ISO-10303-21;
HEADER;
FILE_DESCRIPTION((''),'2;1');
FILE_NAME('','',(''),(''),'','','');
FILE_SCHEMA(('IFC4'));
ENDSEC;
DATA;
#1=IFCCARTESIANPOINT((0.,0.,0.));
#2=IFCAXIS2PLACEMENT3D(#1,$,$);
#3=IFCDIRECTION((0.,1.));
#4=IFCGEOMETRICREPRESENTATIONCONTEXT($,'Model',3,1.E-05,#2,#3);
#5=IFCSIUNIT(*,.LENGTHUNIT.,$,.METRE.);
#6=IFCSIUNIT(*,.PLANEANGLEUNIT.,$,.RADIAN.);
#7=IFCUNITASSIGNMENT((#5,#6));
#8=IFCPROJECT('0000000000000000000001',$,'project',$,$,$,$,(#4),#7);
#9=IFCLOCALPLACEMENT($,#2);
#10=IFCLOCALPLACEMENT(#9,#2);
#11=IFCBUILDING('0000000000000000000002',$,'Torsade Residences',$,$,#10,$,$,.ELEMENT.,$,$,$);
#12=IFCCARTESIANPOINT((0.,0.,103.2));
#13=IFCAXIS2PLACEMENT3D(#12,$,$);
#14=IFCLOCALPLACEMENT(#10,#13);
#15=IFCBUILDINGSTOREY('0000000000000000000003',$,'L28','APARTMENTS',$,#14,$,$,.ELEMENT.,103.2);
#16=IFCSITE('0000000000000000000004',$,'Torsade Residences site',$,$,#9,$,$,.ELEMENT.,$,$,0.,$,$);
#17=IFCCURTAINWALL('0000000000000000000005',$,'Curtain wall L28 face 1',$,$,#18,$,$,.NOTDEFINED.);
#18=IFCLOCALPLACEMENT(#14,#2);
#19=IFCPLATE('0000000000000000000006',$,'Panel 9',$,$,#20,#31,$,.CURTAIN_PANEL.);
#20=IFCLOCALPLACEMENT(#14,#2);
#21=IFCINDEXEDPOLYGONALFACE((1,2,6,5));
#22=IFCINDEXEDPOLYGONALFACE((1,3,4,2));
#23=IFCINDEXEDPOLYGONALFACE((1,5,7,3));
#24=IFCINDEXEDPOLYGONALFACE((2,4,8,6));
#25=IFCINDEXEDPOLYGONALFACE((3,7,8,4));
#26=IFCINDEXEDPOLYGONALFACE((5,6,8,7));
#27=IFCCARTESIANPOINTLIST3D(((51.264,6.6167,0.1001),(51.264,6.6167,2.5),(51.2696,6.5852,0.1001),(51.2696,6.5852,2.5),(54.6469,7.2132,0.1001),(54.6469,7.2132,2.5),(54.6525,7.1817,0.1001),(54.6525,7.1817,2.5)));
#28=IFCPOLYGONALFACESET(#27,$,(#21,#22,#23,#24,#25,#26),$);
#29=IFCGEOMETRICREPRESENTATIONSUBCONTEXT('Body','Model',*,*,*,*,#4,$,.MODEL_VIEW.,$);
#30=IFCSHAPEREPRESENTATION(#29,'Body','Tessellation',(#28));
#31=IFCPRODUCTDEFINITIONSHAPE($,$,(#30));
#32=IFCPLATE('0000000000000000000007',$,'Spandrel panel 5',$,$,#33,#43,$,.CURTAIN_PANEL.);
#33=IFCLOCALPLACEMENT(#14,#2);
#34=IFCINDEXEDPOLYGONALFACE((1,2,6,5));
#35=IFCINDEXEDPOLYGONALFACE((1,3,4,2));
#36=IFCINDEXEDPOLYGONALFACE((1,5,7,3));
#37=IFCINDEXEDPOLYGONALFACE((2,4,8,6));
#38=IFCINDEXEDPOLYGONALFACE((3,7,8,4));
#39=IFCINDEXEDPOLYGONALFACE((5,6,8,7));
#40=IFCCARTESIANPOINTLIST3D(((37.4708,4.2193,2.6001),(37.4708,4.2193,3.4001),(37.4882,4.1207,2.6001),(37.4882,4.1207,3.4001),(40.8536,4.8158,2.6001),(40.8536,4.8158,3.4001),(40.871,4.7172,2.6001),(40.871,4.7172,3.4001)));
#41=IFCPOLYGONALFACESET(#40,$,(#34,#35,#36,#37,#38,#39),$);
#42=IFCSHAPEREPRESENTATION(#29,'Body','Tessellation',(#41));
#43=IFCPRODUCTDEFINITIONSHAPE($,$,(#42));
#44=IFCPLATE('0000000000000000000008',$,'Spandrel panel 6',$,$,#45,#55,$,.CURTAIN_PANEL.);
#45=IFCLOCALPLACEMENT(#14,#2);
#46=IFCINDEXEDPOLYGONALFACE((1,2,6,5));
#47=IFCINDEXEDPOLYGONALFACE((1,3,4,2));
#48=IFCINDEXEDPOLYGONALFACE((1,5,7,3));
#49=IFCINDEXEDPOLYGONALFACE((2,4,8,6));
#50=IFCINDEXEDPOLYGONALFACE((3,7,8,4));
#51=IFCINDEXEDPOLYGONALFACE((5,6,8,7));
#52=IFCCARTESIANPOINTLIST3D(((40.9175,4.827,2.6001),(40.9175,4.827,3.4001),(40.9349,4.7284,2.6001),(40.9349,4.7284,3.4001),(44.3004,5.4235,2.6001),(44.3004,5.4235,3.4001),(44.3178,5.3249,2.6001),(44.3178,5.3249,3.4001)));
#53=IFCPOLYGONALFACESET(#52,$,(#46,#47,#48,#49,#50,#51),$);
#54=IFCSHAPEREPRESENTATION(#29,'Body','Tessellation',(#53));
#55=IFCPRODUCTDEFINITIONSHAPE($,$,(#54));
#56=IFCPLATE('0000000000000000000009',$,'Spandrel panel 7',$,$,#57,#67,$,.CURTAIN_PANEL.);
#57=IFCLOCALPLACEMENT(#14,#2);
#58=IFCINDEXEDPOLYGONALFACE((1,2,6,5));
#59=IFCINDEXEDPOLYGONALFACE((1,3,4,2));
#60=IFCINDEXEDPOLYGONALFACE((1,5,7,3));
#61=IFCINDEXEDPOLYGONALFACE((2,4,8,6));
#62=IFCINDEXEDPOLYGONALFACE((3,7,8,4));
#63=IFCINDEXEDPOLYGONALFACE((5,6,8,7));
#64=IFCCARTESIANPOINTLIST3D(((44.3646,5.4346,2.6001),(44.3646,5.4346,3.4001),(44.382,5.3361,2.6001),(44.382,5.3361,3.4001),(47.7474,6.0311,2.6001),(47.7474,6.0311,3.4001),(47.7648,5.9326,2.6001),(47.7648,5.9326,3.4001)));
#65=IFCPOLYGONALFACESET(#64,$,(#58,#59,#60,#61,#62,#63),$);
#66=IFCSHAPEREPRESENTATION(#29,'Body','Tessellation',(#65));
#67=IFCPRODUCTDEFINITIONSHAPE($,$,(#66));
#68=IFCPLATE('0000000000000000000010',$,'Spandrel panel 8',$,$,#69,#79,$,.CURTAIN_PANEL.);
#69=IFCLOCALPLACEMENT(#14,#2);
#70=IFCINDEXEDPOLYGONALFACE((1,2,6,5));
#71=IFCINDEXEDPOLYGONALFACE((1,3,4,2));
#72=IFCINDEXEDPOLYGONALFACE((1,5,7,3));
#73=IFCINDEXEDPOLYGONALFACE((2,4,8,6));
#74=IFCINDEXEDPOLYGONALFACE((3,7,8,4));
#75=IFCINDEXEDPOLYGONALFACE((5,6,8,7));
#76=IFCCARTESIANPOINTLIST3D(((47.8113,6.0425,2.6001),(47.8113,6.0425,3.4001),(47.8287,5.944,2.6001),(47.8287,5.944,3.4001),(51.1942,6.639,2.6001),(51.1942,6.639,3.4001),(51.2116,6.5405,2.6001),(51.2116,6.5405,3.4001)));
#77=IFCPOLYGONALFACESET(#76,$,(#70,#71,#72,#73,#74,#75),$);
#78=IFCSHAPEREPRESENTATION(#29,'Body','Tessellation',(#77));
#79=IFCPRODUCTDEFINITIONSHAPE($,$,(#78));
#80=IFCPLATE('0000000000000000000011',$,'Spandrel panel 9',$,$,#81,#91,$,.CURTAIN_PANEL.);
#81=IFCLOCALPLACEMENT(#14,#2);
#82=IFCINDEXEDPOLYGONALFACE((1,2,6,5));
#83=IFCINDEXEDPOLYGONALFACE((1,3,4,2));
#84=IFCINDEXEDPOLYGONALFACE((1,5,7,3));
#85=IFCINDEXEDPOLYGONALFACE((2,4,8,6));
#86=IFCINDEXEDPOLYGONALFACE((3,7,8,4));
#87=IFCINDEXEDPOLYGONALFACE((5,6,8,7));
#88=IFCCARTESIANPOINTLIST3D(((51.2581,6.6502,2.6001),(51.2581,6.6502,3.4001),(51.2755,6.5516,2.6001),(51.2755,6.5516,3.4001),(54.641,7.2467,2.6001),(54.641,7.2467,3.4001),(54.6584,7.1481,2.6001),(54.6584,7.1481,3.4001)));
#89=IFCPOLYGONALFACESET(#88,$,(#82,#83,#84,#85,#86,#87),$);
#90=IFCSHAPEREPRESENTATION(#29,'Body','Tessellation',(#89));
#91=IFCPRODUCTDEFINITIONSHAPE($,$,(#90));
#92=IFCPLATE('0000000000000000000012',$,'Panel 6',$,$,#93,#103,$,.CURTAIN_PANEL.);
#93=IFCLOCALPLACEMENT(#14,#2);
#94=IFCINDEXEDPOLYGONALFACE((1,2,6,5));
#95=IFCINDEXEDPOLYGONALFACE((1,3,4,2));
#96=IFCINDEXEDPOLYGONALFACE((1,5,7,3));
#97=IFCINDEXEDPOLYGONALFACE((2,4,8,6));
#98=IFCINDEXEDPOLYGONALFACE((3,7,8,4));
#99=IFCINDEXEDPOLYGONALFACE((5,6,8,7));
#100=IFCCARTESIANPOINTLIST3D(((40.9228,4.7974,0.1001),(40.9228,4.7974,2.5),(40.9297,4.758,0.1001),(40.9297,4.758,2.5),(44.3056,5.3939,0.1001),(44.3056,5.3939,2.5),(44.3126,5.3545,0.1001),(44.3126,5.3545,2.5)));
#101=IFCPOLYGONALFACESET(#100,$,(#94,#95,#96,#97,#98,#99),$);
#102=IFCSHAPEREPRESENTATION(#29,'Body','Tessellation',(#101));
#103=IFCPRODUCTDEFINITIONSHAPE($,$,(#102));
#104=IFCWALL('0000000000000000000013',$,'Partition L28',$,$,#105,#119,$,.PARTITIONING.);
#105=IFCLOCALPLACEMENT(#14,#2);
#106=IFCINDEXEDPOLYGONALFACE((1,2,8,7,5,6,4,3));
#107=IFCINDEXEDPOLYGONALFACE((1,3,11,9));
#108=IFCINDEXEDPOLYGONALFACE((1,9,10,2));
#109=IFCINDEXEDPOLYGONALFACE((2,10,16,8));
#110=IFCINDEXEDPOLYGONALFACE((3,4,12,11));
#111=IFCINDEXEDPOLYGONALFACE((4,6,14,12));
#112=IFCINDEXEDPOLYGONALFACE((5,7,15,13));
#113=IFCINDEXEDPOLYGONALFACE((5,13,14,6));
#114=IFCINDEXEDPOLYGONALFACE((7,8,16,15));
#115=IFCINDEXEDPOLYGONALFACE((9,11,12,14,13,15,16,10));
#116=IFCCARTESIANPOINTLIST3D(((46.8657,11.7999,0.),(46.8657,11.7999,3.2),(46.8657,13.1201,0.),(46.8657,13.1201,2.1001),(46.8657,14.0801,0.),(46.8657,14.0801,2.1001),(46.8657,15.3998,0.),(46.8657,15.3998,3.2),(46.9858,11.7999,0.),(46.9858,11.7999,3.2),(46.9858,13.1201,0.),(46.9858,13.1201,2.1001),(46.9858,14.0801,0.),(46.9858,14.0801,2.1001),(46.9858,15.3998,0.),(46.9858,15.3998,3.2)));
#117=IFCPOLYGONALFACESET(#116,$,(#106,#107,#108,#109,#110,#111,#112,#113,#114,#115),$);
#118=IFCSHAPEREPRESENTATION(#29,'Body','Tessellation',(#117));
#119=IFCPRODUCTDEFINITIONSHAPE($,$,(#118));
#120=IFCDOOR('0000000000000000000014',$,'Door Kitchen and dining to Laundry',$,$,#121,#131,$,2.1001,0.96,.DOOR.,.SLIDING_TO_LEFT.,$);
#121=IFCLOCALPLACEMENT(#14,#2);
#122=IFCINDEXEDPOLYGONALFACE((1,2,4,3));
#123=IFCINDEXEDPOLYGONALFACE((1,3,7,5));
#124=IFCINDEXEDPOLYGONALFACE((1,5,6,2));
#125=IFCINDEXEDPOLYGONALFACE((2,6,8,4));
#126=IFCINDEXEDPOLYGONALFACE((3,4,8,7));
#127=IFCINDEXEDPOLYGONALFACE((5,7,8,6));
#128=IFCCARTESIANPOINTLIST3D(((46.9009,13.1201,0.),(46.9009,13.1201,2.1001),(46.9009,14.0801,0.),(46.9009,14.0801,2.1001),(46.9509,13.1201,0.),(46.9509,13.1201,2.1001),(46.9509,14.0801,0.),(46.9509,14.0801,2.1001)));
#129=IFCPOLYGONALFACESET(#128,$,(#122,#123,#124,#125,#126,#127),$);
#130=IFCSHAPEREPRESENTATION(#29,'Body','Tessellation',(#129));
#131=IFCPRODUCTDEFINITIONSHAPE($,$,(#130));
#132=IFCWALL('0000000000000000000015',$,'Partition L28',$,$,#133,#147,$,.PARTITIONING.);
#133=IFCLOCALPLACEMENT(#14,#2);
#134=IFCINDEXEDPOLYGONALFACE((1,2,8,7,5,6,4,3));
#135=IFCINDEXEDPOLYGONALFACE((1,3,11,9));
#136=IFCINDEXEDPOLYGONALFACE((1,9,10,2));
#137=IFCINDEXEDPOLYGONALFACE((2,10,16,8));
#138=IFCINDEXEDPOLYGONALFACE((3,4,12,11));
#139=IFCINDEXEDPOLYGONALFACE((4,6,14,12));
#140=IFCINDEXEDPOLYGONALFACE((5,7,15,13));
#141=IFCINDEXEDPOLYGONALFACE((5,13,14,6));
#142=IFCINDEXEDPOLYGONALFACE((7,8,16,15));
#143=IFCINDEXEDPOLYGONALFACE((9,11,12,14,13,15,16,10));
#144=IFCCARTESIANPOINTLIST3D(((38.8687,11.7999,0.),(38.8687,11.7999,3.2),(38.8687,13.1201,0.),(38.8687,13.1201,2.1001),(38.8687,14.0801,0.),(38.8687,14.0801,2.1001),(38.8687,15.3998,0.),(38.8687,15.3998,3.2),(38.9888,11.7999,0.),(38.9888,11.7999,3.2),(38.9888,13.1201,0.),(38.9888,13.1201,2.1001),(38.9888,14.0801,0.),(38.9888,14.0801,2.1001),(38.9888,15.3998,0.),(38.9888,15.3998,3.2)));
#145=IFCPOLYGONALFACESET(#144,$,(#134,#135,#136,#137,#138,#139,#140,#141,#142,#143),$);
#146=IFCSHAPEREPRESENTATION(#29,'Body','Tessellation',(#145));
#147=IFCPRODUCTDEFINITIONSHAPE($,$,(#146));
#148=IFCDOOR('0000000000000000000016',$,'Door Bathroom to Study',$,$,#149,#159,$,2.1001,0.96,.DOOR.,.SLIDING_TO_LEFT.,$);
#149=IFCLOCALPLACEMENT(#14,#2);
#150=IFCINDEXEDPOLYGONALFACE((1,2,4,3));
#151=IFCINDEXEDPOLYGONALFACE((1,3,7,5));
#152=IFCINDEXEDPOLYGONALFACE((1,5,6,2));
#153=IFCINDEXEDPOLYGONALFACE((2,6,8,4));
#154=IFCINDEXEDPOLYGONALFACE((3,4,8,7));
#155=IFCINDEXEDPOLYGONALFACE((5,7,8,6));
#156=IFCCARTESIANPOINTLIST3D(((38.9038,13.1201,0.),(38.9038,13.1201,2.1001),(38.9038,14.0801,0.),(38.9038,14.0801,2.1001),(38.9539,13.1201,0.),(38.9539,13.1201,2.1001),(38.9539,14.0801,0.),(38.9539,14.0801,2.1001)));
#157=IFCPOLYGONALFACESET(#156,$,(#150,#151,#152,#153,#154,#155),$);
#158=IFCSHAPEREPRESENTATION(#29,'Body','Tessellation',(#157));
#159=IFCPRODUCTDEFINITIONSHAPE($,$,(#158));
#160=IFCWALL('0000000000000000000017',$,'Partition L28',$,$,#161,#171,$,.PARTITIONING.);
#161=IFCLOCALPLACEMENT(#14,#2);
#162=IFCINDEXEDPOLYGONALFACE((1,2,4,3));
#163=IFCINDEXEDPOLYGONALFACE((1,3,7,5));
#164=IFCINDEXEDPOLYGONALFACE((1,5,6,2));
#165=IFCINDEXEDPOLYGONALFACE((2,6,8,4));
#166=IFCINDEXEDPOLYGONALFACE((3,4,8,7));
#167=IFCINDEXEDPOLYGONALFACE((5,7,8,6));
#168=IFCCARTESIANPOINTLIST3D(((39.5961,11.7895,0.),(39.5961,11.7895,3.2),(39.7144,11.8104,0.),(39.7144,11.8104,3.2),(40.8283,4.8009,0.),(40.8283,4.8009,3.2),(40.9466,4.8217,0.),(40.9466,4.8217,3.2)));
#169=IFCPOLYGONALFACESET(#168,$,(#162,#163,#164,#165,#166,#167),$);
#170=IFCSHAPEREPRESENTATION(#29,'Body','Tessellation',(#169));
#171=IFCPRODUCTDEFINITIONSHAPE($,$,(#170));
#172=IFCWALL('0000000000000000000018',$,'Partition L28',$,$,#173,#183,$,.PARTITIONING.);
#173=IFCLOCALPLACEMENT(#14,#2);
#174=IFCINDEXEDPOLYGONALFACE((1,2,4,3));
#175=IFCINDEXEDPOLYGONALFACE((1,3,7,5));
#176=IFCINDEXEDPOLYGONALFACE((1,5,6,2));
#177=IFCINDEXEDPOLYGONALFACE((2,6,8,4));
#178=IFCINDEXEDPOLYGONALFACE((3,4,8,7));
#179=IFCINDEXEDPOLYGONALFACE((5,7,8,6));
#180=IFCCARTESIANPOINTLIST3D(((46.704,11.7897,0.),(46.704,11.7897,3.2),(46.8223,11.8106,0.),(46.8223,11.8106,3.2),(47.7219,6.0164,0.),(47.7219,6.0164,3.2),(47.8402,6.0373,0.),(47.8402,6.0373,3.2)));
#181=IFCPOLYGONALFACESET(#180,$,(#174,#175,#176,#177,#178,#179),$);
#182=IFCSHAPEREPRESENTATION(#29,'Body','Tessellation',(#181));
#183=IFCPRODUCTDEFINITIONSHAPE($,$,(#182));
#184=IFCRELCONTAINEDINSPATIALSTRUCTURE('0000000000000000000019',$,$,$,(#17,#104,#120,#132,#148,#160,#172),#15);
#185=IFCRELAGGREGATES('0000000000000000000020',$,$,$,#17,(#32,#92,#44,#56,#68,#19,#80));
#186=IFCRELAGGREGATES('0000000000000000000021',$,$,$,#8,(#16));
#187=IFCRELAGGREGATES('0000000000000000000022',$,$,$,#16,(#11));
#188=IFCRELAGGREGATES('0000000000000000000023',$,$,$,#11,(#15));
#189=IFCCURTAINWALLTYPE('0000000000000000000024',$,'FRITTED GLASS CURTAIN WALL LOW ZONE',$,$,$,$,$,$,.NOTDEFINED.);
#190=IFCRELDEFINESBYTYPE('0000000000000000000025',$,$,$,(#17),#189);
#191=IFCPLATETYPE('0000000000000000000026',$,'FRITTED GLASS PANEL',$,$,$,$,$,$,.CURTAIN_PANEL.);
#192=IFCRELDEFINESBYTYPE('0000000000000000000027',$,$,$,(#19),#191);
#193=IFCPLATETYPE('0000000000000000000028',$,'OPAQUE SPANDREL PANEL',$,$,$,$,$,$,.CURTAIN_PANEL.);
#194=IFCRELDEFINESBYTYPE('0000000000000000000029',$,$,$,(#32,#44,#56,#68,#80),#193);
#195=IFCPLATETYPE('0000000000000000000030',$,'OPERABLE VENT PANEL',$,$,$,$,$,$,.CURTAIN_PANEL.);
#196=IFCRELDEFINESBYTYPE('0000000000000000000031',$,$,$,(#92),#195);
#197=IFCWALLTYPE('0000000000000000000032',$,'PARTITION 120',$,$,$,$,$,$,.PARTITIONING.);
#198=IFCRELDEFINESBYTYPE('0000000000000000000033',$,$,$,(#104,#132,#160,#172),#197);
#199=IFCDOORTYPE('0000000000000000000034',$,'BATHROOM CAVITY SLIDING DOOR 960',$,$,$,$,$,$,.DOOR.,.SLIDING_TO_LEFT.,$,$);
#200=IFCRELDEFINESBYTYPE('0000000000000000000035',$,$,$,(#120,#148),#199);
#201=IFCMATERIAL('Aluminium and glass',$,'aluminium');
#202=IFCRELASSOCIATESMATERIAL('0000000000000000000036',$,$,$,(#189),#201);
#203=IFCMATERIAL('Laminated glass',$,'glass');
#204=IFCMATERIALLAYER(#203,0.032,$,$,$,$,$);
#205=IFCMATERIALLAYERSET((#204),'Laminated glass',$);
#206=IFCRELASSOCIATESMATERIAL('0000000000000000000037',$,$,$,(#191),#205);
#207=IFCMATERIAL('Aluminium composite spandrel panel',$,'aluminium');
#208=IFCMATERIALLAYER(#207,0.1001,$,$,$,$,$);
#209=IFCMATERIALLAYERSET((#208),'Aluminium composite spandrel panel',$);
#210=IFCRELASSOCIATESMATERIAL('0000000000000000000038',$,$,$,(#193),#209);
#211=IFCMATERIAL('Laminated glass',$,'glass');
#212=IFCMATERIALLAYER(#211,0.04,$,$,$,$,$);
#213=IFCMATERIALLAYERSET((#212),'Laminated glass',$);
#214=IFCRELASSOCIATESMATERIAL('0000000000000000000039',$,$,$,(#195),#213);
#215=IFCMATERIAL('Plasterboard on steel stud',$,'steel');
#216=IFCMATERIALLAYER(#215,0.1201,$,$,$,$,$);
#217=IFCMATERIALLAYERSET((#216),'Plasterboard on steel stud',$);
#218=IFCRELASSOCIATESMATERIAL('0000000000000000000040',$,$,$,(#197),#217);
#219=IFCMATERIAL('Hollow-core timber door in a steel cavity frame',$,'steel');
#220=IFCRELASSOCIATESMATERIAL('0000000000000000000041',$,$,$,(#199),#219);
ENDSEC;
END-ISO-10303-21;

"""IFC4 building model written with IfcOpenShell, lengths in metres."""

from ifc_helpers import new_model, si_unit, direction, frame, frame_2d, origin, origin_2d, place, context, subcontext, project, spatial, rectangle, extrude, material, layer, layer_set, type_object, element, fill, aggregate, save


model = new_model("IFC4")

# Units and contexts
model_context = context("Model", 3, precision=1e-05, world=origin(), true_north=direction((0.0, 1.0)))
body_context = subcontext(model_context, "Body", "Model", "MODEL_VIEW")
ifc_project = project(units=[si_unit("LENGTHUNIT", "METRE"), si_unit("PLANEANGLEUNIT", "RADIAN")], contexts=[model_context])

# Site, building, storey
site_placement = place(None, origin())
site = spatial("IfcSite", under=ifc_project, at=site_placement, Name="Torsade Residences site", CompositionType="ELEMENT", RefElevation=0.0)
building_placement = place(site_placement, origin())
building = spatial("IfcBuilding", under=site, at=building_placement, Name="Torsade Residences", CompositionType="ELEMENT")
storey_placement = place(building_placement, frame((0.0, 0.0, 103.2)))
storey = spatial("IfcBuildingStorey", under=building, at=storey_placement, Name="L28", Description="APARTMENTS", CompositionType="ELEMENT", Elevation=103.2)

# Curtain wall
ifc_material_1 = material(Name="Aluminium and glass", Category="aluminium")
curtain_wall_type = type_object("IfcCurtainWallType", Name="FRITTED GLASS CURTAIN WALL LOW ZONE", PredefinedType="NOTDEFINED", material=ifc_material_1)
curtain_wall_placement = place(storey_placement, origin())
curtain_wall = element("IfcCurtainWall", 1, at=curtain_wall_placement, inside=storey, type_object=curtain_wall_type, Name="Curtain wall L28 face 1", PredefinedType="NOTDEFINED")

# Plates
ifc_material_2 = material(Name="Laminated glass", Category="glass")
ifc_layer_1 = layer(ifc_material_2, 0.032)
ifc_layer_set_1 = layer_set([ifc_layer_1], Name="Laminated glass")
plate_type_1 = type_object("IfcPlateType", Name="FRITTED GLASS PANEL", PredefinedType="CURTAIN_PANEL", material=ifc_layer_set_1)
plate_1_placement = place(storey_placement, frame((52.9583, 6.8992, 0.1001), z_axis=(0.0, 0.0, 1.0), x_axis=(0.984808, 0.173648, 0.0)))
plate_1 = element("IfcPlate", 2, at=plate_1_placement, type_object=plate_type_1, Name="Panel 9", PredefinedType="CURTAIN_PANEL", context=body_context, shape_type="SweptSolid", body=[
    extrude(rectangle(XDim=3.4351, YDim=0.032, at=origin_2d()), origin(), (0.0, 0.0, 1.0), 2.3999),
])
ifc_material_3 = material(Name="Aluminium composite spandrel panel", Category="aluminium")
ifc_layer_2 = layer(ifc_material_3, 0.1001)
ifc_layer_set_2 = layer_set([ifc_layer_2], Name="Aluminium composite spandrel panel")
plate_type_2 = type_object("IfcPlateType", Name="OPAQUE SPANDREL PANEL", PredefinedType="CURTAIN_PANEL", material=ifc_layer_set_2)
plate_2_placement = place(storey_placement, frame((39.1709, 4.4683, 2.6001), z_axis=(0.0, 0.0, 1.0), x_axis=(0.984808, 0.173648, 0.0)))
plate_2 = element("IfcPlate", 3, at=plate_2_placement, type_object=plate_type_2, Name="Spandrel panel 5", PredefinedType="CURTAIN_PANEL", context=body_context, shape_type="SweptSolid", body=[
    extrude(rectangle(XDim=3.4351, YDim=0.1001, at=origin_2d()), origin(), (0.0, 0.0, 1.0), 0.8),
])
plate_3_placement = place(storey_placement, frame((42.6177, 5.0759, 2.6001), z_axis=(0.0, 0.0, 1.0), x_axis=(0.984808, 0.173648, 0.0)))
plate_3 = element("IfcPlate", 4, at=plate_3_placement, type_object=plate_type_2, Name="Spandrel panel 6", PredefinedType="CURTAIN_PANEL", context=body_context, shape_type="SweptSolid", body=[
    extrude(rectangle(XDim=3.4351, YDim=0.1001, at=origin_2d()), origin(), (0.0, 0.0, 1.0), 0.8),
])
plate_4_placement = place(storey_placement, frame((46.0647, 5.6836, 2.6001), z_axis=(0.0, 0.0, 1.0), x_axis=(0.984808, 0.173648, 0.0)))
plate_4 = element("IfcPlate", 5, at=plate_4_placement, type_object=plate_type_2, Name="Spandrel panel 7", PredefinedType="CURTAIN_PANEL", context=body_context, shape_type="SweptSolid", body=[
    extrude(rectangle(XDim=3.4351, YDim=0.1001, at=origin_2d()), origin(), (0.0, 0.0, 1.0), 0.8),
])
plate_5_placement = place(storey_placement, frame((49.5115, 6.2915, 2.6001), z_axis=(0.0, 0.0, 1.0), x_axis=(0.984808, 0.173648, 0.0)))
plate_5 = element("IfcPlate", 6, at=plate_5_placement, type_object=plate_type_2, Name="Spandrel panel 8", PredefinedType="CURTAIN_PANEL", context=body_context, shape_type="SweptSolid", body=[
    extrude(rectangle(XDim=3.4351, YDim=0.1001, at=origin_2d()), origin(), (0.0, 0.0, 1.0), 0.8),
])
plate_6_placement = place(storey_placement, frame((52.9583, 6.8992, 2.6001), z_axis=(0.0, 0.0, 1.0), x_axis=(0.984808, 0.173648, 0.0)))
plate_6 = element("IfcPlate", 7, at=plate_6_placement, type_object=plate_type_2, Name="Spandrel panel 9", PredefinedType="CURTAIN_PANEL", context=body_context, shape_type="SweptSolid", body=[
    extrude(rectangle(XDim=3.4351, YDim=0.1001, at=origin_2d()), origin(), (0.0, 0.0, 1.0), 0.8),
])
ifc_material_4 = material(Name="Laminated glass", Category="glass")
ifc_layer_3 = layer(ifc_material_4, 0.04)
ifc_layer_set_3 = layer_set([ifc_layer_3], Name="Laminated glass")
plate_type_3 = type_object("IfcPlateType", Name="OPERABLE VENT PANEL", PredefinedType="CURTAIN_PANEL", material=ifc_layer_set_3)
plate_7_placement = place(storey_placement, frame((42.6177, 5.0759, 0.1001), z_axis=(0.0, 0.0, 1.0), x_axis=(0.984808, 0.173648, 0.0)))
plate_7 = element("IfcPlate", 8, at=plate_7_placement, type_object=plate_type_3, Name="Panel 6", PredefinedType="CURTAIN_PANEL", context=body_context, shape_type="SweptSolid", body=[
    extrude(rectangle(XDim=3.4351, YDim=0.04, at=origin_2d()), origin(), (0.0, 0.0, 1.0), 2.3999),
])
aggregate(curtain_wall, [plate_2, plate_7, plate_3, plate_4, plate_5, plate_1, plate_6])

# Walls, openings, doors
ifc_material_5 = material(Name="Plasterboard on steel stud", Category="steel")
ifc_layer_4 = layer(ifc_material_5, 0.1201)
ifc_layer_set_4 = layer_set([ifc_layer_4], Name="Plasterboard on steel stud")
wall_type = type_object("IfcWallType", Name="PARTITION 120", PredefinedType="PARTITIONING", material=ifc_layer_set_4)
wall_1_placement = place(storey_placement, frame((46.9258, 11.8, 0.0), z_axis=(0.0, 0.0, 1.0), x_axis=(0.0, 1.0, 0.0)))
wall_1 = element("IfcWall", 9, at=wall_1_placement, inside=storey, type_object=wall_type, Name="Partition L28", PredefinedType="PARTITIONING", context=body_context, shape_type="SweptSolid", body=[
    extrude(rectangle(XDim=3.5999, YDim=0.1201, at=frame_2d((1.7998, 0.0))), origin(), (0.0, 0.0, 1.0), 3.2),
])
opening_1_placement = place(wall_1_placement, frame((1.3201, 0.0, 0.0)))
opening_1 = element("IfcOpeningElement", 10, at=opening_1_placement, cuts=wall_1, PredefinedType="OPENING", context=body_context, shape_type="SweptSolid", body=[
    extrude(rectangle(XDim=0.96, YDim=2.1001, at=frame_2d((0.48, 1.05))), frame((0.0, 0.0701, 0.0), z_axis=(0.0, -1.0, 0.0), x_axis=(1.0, 0.0, 0.0)), (0.0, 0.0, 1.0), 0.1401),
])
ifc_material_6 = material(Name="Hollow-core timber door in a steel cavity frame", Category="steel")
door_type = type_object("IfcDoorType", Name="BATHROOM CAVITY SLIDING DOOR 960", OperationType="SLIDING_TO_LEFT", PredefinedType="DOOR", material=ifc_material_6)
door_1_placement = place(opening_1_placement, origin())
door_1 = element("IfcDoor", 11, at=door_1_placement, inside=storey, type_object=door_type, Name="Door Kitchen and dining to Laundry", OperationType="SLIDING_TO_LEFT", OverallHeight=2.1001, OverallWidth=0.96, PredefinedType="DOOR", context=body_context, shape_type="SweptSolid", body=[
    extrude(rectangle(XDim=0.96, YDim=2.1001, at=frame_2d((0.48, 1.05))), frame((0.0, 0.0249, 0.0), z_axis=(0.0, -1.0, 0.0), x_axis=(1.0, 0.0, 0.0)), (0.0, 0.0, 1.0), 0.05),
])
fill(opening_1, door_1)
wall_2_placement = place(storey_placement, frame((38.9287, 11.8, 0.0), z_axis=(0.0, 0.0, 1.0), x_axis=(0.0, 1.0, 0.0)))
wall_2 = element("IfcWall", 12, at=wall_2_placement, inside=storey, type_object=wall_type, Name="Partition L28", PredefinedType="PARTITIONING", context=body_context, shape_type="SweptSolid", body=[
    extrude(rectangle(XDim=3.5999, YDim=0.1201, at=frame_2d((1.7998, 0.0))), origin(), (0.0, 0.0, 1.0), 3.2),
])
opening_2_placement = place(wall_2_placement, frame((1.3201, 0.0, 0.0)))
opening_2 = element("IfcOpeningElement", 13, at=opening_2_placement, cuts=wall_2, PredefinedType="OPENING", context=body_context, shape_type="SweptSolid", body=[
    extrude(rectangle(XDim=0.96, YDim=2.1001, at=frame_2d((0.48, 1.05))), frame((0.0, 0.0701, 0.0), z_axis=(0.0, -1.0, 0.0), x_axis=(1.0, 0.0, 0.0)), (0.0, 0.0, 1.0), 0.1401),
])
door_2_placement = place(opening_2_placement, origin())
door_2 = element("IfcDoor", 14, at=door_2_placement, inside=storey, type_object=door_type, Name="Door Bathroom to Study", OperationType="SLIDING_TO_LEFT", OverallHeight=2.1001, OverallWidth=0.96, PredefinedType="DOOR", context=body_context, shape_type="SweptSolid", body=[
    extrude(rectangle(XDim=0.96, YDim=2.1001, at=frame_2d((0.48, 1.05))), frame((0.0, 0.0249, 0.0), z_axis=(0.0, -1.0, 0.0), x_axis=(1.0, 0.0, 0.0)), (0.0, 0.0, 1.0), 0.05),
])
fill(opening_2, door_2)

# Walls
wall_3_placement = place(storey_placement, frame((39.6553, 11.8, 0.0), z_axis=(0.0, 0.0, 1.0), x_axis=(0.173636, -0.98481, 0.0)))
element("IfcWall", 15, at=wall_3_placement, inside=storey, type_object=wall_type, Name="Partition L28", PredefinedType="PARTITIONING", context=body_context, shape_type="SweptSolid", body=[
    extrude(rectangle(XDim=7.0964, YDim=0.1201, at=frame_2d((3.5483, 0.0))), origin(), (0.0, 0.0, 1.0), 3.2),
])
wall_4_placement = place(storey_placement, frame((47.781, 6.0269, 0.0), z_axis=(0.0, 0.0, 1.0), x_axis=(-0.173624, 0.984812, 0.0)))
element("IfcWall", 16, at=wall_4_placement, inside=storey, type_object=wall_type, Name="Partition L28", PredefinedType="PARTITIONING", context=body_context, shape_type="SweptSolid", body=[
    extrude(rectangle(XDim=5.8623, YDim=0.1201, at=frame_2d((2.9312, 0.0))), origin(), (0.0, 0.0, 1.0), 3.2),
])

save(model, "model.ifc")
